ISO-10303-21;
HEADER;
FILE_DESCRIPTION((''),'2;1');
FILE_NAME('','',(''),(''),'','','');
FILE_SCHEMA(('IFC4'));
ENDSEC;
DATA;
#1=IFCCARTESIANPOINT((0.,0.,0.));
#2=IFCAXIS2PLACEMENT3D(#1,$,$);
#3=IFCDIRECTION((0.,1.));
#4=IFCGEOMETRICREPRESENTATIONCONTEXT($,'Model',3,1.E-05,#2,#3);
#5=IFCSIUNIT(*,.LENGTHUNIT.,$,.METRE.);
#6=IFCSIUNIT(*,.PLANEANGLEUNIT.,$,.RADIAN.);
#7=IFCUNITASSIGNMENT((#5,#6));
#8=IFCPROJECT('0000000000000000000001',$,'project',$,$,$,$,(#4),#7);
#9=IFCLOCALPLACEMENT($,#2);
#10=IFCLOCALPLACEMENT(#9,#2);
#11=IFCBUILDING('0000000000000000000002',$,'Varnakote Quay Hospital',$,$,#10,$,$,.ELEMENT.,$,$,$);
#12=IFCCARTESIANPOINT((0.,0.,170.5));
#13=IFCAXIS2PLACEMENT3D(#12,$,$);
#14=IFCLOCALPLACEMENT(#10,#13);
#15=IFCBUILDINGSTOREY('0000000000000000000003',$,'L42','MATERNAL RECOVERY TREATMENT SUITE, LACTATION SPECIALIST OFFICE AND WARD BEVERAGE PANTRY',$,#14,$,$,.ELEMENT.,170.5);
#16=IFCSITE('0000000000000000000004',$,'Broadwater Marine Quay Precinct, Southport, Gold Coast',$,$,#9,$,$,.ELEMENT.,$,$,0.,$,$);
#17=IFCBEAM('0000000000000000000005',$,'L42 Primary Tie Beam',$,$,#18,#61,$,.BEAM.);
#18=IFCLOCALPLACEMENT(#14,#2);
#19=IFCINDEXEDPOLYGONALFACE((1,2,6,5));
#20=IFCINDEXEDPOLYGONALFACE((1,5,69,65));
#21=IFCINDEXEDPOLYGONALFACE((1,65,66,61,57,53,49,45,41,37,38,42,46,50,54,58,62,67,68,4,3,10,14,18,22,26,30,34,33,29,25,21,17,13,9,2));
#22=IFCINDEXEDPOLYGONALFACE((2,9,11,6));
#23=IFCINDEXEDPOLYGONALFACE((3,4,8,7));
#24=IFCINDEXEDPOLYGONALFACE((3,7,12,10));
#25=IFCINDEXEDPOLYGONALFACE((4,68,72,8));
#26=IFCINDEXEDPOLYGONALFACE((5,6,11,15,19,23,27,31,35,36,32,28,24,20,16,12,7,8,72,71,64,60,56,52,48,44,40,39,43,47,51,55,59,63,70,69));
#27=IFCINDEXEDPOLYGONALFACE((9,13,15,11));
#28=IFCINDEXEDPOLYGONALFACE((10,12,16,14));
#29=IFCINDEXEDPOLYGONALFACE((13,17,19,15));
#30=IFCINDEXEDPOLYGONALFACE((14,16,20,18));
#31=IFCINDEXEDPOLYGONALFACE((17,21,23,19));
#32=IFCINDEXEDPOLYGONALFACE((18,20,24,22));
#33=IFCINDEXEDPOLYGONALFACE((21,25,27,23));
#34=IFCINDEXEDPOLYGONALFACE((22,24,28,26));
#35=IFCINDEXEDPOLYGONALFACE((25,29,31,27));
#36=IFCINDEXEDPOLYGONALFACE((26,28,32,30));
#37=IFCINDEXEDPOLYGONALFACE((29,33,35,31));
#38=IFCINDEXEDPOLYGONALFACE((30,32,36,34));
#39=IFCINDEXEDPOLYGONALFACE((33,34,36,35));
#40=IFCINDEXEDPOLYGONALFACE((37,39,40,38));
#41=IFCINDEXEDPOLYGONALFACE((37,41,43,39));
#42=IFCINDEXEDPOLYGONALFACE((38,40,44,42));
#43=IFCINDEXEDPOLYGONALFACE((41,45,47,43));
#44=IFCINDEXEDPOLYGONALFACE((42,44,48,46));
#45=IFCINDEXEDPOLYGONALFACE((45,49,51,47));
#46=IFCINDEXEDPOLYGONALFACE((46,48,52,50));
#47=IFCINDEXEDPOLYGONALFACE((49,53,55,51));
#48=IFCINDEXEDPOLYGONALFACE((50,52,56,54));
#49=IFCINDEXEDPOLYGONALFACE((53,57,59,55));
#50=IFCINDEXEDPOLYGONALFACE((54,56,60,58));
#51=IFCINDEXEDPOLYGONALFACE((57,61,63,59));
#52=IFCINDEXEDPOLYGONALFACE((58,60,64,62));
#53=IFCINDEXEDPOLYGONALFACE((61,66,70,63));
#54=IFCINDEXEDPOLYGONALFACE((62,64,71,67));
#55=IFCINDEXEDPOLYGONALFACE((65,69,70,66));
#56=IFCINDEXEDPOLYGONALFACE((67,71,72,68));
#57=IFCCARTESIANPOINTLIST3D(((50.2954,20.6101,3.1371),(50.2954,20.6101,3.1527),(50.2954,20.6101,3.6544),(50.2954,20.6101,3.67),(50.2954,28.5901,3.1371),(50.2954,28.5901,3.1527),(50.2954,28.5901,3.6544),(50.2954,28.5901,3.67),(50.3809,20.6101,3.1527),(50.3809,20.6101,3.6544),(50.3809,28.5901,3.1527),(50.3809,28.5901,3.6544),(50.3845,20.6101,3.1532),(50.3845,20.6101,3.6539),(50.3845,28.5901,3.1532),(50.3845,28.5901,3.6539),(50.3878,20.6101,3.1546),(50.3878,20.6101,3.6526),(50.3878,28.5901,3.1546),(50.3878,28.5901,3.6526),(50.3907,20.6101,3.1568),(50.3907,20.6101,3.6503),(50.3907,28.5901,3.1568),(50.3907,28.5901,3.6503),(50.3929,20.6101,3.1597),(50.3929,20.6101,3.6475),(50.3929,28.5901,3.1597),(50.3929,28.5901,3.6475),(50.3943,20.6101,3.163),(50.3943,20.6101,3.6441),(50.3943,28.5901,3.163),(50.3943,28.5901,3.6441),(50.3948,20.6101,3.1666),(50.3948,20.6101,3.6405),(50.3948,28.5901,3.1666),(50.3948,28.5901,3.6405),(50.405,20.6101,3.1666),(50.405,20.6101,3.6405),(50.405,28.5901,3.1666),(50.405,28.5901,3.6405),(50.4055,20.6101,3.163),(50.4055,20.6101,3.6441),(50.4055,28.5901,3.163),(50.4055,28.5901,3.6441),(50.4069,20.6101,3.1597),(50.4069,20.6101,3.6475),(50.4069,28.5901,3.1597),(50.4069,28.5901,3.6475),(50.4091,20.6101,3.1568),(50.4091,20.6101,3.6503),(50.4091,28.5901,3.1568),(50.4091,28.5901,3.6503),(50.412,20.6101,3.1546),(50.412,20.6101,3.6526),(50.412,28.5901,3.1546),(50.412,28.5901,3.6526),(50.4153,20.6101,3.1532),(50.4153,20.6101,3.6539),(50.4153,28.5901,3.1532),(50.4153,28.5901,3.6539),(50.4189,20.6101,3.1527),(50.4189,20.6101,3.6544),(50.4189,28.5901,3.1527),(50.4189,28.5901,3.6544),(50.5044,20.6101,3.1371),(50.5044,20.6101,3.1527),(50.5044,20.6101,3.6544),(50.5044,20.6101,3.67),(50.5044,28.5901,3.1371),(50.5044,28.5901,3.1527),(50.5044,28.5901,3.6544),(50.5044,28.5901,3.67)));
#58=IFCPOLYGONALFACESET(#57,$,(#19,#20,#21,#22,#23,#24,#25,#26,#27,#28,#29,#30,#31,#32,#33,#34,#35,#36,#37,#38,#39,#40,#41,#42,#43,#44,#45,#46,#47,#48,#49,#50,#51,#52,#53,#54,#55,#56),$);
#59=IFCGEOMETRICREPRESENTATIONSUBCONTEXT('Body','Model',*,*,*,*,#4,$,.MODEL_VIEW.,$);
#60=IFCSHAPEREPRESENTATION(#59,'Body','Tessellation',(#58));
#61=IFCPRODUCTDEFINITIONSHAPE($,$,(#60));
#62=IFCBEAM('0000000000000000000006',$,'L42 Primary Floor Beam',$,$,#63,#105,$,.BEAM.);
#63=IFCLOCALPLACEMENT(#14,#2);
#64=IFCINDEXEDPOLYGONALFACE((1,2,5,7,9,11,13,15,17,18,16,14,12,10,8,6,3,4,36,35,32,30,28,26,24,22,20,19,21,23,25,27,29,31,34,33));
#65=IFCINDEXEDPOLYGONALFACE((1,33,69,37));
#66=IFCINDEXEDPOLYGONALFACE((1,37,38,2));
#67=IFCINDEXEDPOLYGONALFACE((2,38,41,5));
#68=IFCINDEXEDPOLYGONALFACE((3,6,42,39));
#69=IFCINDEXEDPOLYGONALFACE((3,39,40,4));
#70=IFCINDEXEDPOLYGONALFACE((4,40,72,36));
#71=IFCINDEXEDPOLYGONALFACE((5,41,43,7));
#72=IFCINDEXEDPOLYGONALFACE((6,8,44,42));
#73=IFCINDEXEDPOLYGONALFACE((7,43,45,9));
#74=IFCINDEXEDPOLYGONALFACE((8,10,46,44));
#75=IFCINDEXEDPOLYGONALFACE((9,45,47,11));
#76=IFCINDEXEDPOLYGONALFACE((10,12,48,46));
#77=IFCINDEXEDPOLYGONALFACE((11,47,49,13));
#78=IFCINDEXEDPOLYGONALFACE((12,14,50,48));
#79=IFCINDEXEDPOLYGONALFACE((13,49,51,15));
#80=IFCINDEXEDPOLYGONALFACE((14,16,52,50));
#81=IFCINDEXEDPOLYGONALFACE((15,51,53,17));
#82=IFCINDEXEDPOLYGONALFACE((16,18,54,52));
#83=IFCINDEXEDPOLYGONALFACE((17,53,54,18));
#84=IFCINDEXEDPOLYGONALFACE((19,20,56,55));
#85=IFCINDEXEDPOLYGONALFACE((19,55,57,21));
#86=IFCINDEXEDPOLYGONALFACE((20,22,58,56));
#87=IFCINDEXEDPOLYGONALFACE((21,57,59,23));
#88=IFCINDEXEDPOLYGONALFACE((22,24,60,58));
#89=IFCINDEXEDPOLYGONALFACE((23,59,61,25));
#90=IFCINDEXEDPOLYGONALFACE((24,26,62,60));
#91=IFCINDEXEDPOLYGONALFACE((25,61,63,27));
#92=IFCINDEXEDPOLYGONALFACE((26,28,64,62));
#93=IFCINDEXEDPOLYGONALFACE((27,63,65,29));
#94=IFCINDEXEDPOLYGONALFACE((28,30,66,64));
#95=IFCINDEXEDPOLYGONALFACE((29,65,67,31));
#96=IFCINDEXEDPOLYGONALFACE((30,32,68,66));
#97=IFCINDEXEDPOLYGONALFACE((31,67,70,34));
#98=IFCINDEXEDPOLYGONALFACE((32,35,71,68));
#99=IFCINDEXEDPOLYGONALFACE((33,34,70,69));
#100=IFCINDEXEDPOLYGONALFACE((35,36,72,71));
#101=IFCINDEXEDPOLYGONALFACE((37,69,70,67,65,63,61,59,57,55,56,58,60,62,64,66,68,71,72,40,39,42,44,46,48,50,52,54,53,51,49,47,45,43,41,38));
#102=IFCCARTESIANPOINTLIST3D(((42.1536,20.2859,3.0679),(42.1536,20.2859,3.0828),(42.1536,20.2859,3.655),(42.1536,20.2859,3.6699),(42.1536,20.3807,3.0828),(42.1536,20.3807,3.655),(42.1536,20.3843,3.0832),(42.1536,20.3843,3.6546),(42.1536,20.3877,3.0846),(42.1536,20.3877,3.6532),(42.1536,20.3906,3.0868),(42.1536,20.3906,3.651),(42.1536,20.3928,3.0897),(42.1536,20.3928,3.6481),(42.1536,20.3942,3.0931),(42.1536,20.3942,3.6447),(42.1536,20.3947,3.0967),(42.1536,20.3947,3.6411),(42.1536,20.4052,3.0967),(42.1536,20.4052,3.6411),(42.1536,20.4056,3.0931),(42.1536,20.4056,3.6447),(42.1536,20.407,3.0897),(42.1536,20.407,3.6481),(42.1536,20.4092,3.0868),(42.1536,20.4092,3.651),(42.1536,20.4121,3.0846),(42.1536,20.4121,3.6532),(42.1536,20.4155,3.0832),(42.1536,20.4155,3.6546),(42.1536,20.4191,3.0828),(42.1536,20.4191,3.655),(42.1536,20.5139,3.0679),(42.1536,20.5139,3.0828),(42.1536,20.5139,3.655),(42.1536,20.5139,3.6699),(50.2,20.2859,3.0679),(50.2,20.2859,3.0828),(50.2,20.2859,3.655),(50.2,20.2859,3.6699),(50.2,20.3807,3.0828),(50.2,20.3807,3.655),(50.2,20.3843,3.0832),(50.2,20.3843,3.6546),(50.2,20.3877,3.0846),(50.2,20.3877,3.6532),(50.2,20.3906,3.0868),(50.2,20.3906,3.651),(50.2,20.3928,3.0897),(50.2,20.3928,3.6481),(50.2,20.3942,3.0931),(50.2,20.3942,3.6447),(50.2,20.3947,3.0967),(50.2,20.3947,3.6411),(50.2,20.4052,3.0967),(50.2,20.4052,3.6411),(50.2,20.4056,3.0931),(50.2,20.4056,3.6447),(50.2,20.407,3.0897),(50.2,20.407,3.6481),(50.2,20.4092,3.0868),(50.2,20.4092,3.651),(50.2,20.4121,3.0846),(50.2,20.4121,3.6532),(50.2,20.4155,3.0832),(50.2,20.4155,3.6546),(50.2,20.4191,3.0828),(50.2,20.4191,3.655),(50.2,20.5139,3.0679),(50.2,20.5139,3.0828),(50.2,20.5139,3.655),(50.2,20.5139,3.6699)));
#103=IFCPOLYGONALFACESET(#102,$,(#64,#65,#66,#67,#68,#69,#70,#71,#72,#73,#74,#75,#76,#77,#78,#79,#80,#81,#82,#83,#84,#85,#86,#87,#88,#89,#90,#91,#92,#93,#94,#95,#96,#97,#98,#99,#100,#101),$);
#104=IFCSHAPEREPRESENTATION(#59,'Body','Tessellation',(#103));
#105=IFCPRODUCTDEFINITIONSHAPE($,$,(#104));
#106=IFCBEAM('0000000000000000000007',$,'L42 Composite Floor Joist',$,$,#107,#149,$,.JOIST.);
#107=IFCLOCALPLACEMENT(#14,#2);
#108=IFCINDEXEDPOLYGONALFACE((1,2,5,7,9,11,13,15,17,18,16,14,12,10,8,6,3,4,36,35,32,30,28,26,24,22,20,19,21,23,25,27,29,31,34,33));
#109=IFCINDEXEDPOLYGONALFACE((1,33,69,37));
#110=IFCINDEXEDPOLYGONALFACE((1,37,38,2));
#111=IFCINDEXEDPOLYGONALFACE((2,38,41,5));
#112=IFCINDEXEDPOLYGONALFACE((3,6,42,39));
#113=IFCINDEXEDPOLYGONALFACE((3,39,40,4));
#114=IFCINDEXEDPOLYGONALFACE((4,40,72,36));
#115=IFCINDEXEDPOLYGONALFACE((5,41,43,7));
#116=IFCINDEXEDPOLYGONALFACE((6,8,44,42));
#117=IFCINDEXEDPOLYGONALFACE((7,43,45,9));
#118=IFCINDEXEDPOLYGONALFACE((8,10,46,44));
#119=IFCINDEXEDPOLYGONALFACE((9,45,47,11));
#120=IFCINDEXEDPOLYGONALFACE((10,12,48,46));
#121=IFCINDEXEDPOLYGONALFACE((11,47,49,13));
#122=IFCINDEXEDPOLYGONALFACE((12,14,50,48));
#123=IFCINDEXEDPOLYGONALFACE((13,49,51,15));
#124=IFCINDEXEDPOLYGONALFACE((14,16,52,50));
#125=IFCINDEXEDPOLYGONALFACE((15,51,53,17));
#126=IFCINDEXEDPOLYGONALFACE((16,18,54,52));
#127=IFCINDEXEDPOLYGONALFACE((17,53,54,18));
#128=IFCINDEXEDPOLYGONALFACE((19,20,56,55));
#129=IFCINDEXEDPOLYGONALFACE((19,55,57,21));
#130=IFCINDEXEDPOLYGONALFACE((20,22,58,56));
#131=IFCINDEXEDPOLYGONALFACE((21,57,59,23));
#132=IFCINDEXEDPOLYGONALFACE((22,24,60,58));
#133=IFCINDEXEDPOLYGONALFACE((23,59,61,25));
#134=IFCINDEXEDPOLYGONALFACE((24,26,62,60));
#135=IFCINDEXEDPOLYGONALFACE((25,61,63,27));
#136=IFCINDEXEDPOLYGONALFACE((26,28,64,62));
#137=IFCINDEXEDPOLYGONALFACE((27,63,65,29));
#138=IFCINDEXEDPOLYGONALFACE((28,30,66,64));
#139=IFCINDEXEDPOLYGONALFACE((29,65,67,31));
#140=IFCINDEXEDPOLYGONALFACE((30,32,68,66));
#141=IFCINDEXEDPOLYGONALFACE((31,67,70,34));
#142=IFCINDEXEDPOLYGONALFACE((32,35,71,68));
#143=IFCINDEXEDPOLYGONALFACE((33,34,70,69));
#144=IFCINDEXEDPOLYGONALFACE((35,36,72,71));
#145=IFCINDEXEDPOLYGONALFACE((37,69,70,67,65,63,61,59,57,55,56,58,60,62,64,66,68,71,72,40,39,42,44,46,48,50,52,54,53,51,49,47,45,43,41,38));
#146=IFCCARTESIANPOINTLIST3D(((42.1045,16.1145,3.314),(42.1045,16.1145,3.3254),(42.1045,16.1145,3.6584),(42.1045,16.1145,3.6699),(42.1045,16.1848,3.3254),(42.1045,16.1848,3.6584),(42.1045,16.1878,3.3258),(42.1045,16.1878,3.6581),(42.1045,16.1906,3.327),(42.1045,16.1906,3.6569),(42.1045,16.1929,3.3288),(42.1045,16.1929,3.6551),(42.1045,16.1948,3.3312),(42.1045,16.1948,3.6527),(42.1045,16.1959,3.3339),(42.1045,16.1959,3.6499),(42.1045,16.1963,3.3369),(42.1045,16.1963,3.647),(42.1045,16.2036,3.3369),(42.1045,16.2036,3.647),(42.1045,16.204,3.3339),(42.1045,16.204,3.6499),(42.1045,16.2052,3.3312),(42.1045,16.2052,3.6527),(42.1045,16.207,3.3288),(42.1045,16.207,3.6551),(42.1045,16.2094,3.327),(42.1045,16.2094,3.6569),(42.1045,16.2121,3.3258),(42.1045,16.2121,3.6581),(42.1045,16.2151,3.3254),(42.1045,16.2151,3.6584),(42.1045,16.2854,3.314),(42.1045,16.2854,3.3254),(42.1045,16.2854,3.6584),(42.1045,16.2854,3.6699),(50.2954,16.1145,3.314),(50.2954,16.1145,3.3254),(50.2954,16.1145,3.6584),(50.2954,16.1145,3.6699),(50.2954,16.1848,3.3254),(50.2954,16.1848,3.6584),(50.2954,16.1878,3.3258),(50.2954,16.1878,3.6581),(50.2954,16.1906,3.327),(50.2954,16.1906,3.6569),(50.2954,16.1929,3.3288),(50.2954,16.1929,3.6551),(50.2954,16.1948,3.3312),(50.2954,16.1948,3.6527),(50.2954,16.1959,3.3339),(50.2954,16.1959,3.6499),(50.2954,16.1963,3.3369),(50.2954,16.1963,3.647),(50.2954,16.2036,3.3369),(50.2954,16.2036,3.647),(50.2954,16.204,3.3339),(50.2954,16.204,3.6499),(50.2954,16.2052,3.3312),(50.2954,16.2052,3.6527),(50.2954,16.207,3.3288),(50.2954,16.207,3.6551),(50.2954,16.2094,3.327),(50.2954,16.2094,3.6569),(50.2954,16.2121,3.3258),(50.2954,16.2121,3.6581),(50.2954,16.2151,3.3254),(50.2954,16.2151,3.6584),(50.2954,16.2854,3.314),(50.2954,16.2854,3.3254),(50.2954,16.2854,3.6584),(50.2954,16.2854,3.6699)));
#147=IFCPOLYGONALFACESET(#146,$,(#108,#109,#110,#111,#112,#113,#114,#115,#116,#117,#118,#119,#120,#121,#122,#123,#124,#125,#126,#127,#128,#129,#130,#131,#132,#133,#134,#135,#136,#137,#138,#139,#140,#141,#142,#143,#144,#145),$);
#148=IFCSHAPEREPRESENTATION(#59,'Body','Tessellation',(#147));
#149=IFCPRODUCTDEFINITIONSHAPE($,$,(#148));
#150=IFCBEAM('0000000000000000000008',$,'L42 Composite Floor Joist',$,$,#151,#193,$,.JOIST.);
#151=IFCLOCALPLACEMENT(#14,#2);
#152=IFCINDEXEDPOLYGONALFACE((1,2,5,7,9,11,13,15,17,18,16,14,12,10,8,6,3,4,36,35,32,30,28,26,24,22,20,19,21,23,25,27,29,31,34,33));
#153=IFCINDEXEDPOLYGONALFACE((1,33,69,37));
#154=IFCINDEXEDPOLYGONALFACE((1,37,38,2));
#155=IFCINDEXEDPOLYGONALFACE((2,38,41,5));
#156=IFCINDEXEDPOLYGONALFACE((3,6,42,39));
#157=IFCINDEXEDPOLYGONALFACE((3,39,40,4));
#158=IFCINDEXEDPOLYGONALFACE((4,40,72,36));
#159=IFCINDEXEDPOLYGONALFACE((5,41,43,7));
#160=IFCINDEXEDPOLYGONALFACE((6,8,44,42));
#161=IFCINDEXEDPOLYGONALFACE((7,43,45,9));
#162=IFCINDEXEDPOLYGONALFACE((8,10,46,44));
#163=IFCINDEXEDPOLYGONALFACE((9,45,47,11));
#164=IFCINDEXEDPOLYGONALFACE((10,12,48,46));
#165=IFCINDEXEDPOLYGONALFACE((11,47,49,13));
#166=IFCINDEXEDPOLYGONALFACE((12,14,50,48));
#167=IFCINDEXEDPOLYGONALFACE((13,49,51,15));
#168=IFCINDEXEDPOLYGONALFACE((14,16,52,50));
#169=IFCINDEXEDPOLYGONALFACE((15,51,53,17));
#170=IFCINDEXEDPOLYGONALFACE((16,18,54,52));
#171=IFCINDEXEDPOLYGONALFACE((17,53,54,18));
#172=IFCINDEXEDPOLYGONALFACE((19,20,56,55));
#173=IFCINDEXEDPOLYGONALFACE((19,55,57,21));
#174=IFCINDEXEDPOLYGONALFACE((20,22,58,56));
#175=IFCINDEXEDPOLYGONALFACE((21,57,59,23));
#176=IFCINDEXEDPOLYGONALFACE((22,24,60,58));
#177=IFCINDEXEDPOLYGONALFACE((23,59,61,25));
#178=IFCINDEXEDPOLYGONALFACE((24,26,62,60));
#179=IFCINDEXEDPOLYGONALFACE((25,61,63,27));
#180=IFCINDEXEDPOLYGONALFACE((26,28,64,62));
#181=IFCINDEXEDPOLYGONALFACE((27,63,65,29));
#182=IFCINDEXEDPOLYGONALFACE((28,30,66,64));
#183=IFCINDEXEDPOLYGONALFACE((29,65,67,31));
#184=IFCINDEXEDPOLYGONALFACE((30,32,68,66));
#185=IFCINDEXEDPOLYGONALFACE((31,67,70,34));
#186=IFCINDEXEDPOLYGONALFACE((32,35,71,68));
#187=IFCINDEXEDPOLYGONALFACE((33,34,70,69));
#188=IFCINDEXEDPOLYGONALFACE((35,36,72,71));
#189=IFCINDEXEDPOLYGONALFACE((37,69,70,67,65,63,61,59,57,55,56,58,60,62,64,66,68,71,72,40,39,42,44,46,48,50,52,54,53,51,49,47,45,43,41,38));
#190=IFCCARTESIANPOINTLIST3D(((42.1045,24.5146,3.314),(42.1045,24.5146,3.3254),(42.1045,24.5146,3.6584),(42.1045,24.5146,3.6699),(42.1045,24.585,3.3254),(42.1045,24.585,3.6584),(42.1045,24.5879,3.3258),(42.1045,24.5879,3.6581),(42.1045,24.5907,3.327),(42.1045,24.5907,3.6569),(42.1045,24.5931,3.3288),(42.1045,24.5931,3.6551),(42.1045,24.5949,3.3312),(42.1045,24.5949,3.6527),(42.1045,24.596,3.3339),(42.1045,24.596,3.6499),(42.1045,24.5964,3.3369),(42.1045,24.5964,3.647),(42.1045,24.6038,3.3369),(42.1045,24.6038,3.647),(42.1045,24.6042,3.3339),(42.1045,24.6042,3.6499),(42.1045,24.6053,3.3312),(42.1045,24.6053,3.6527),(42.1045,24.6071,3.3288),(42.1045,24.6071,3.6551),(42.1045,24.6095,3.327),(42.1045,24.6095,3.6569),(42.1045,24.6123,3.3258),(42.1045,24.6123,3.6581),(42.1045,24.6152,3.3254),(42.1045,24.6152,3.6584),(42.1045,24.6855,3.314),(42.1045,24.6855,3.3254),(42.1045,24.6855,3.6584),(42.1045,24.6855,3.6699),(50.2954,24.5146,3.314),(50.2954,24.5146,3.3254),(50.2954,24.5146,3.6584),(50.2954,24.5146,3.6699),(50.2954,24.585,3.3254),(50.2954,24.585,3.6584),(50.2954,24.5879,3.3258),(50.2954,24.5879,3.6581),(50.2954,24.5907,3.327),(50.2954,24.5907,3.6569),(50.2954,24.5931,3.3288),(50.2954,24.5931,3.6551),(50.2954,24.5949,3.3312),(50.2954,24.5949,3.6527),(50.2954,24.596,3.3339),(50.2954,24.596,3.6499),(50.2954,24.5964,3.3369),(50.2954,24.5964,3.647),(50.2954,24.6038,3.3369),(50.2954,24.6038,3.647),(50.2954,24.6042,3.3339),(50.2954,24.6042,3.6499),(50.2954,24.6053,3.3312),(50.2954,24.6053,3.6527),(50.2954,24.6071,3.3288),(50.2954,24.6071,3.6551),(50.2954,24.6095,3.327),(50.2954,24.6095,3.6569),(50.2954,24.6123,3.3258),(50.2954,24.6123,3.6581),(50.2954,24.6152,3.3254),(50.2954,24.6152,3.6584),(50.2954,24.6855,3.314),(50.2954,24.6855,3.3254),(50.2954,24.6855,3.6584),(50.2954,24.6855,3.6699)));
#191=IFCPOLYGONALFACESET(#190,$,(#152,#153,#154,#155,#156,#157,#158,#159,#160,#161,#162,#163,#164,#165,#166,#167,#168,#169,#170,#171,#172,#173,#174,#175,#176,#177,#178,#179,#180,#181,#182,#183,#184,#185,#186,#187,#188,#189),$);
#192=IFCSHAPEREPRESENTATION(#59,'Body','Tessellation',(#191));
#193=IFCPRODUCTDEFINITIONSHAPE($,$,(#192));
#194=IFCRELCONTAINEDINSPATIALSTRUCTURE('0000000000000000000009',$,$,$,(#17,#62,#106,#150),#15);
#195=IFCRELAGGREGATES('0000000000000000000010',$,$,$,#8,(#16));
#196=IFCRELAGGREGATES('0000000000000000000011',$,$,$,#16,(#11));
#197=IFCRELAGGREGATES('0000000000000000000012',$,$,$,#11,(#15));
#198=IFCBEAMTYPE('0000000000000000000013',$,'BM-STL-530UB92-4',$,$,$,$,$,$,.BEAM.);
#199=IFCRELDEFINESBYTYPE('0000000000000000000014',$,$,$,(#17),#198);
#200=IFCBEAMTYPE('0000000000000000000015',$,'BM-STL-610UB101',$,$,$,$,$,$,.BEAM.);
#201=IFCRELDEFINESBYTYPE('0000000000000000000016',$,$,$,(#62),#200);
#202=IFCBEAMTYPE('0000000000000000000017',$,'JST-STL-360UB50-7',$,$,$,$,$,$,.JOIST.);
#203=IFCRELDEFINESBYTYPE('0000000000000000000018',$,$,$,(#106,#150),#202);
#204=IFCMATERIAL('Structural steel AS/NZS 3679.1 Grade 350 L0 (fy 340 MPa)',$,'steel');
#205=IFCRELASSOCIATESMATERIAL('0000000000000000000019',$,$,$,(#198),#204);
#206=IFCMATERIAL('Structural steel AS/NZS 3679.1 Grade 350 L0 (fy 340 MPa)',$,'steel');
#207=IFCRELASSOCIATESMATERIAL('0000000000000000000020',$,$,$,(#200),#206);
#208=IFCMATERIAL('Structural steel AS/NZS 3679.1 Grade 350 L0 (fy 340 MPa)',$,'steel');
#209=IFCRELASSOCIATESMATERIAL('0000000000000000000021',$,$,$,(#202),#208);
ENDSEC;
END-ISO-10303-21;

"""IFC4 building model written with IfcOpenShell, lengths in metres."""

from ifc_helpers import new_model, si_unit, direction, frame, origin, origin_2d, place, context, subcontext, project, spatial, i_section, extrude, material, material_profile, profile_set, type_object, element, save


model = new_model("IFC4")

# Units and contexts
model_context = context("Model", 3, precision=1e-05, world=origin(), true_north=direction((0.0, 1.0)))
body_context = subcontext(model_context, "Body", "Model", "MODEL_VIEW")
ifc_project = project(units=[si_unit("LENGTHUNIT", "METRE"), si_unit("PLANEANGLEUNIT", "RADIAN")], contexts=[model_context])

# Site, building, storey
site_placement = place(None, origin())
site = spatial("IfcSite", under=ifc_project, at=site_placement, Name="Broadwater Marine Quay Precinct, Southport, Gold Coast", CompositionType="ELEMENT", RefElevation=0.0)
building_placement = place(site_placement, origin())
building = spatial("IfcBuilding", under=site, at=building_placement, Name="Varnakote Quay Hospital", CompositionType="ELEMENT")
storey_placement = place(building_placement, frame((0.0, 0.0, 170.5)))
storey = spatial("IfcBuildingStorey", under=building, at=storey_placement, Name="L42", Description="MATERNAL RECOVERY TREATMENT SUITE, LACTATION SPECIALIST OFFICE AND WARD BEVERAGE PANTRY", CompositionType="ELEMENT", Elevation=170.5)

# Beams
ifc_material_1 = material(Name="Structural steel AS/NZS 3679.1 Grade 350 L0 (fy 340 MPa)", Category="steel")
ifc_material_profile_1 = material_profile(ifc_material_1, i_section(OverallWidth=0.209, OverallDepth=0.533, WebThickness=0.0103, FlangeThickness=0.0156, FilletRadius=0.0139, at=origin_2d()), Name="530UB92.4")
ifc_profile_set_1 = profile_set([ifc_material_profile_1], Name="Structural steel AS/NZS 3679.1 Grade 350 L0 (fy 340 MPa)")
beam_type_1 = type_object("IfcBeamType", Name="BM-STL-530UB92-4", PredefinedType="BEAM", material=ifc_profile_set_1)
beam_1_placement = place(storey_placement, frame((50.3999, 20.6101, 3.4036), z_axis=(0.0, 1.0, 0.0), x_axis=(-1.0, 0.0, 0.0)))
element("IfcBeam", 1, at=beam_1_placement, inside=storey, type_object=beam_type_1, Name="L42 Primary Tie Beam", PredefinedType="BEAM", context=body_context, shape_type="SweptSolid", body=[
    extrude(i_section(OverallWidth=0.209, OverallDepth=0.533, WebThickness=0.0103, FlangeThickness=0.0156, FilletRadius=0.0139, at=origin_2d()), origin(), (0.0, 0.0, 1.0), 7.98),
])
ifc_material_2 = material(Name="Structural steel AS/NZS 3679.1 Grade 350 L0 (fy 340 MPa)", Category="steel")
ifc_material_profile_2 = material_profile(ifc_material_2, i_section(OverallWidth=0.228, OverallDepth=0.6021, WebThickness=0.0105, FlangeThickness=0.0149, FilletRadius=0.0139, at=origin_2d()), Name="610UB101")
ifc_profile_set_2 = profile_set([ifc_material_profile_2], Name="Structural steel AS/NZS 3679.1 Grade 350 L0 (fy 340 MPa)")
beam_type_2 = type_object("IfcBeamType", Name="BM-STL-610UB101", PredefinedType="BEAM", material=ifc_profile_set_2)
beam_2_placement = place(storey_placement, frame((42.1536, 20.3999, 3.3689), z_axis=(1.0, 0.0, 0.0), x_axis=(0.0, 1.0, 0.0)))
element("IfcBeam", 2, at=beam_2_placement, inside=storey, type_object=beam_type_2, Name="L42 Primary Floor Beam", PredefinedType="BEAM", context=body_context, shape_type="SweptSolid", body=[
    extrude(i_section(OverallWidth=0.228, OverallDepth=0.6021, WebThickness=0.0105, FlangeThickness=0.0149, FilletRadius=0.0139, at=origin_2d()), origin(), (0.0, 0.0, 1.0), 8.0464),
])
ifc_material_3 = material(Name="Structural steel AS/NZS 3679.1 Grade 350 L0 (fy 340 MPa)", Category="steel")
ifc_material_profile_3 = material_profile(ifc_material_3, i_section(OverallWidth=0.1709, OverallDepth=0.356, WebThickness=0.0073, FlangeThickness=0.0115, FilletRadius=0.0115, at=origin_2d()), Name="360UB50.7")
ifc_profile_set_3 = profile_set([ifc_material_profile_3], Name="Structural steel AS/NZS 3679.1 Grade 350 L0 (fy 340 MPa)")
beam_type_3 = type_object("IfcBeamType", Name="JST-STL-360UB50-7", PredefinedType="JOIST", material=ifc_profile_set_3)
for number, where, z_axis, x_axis, name in (
    (3, (42.1045, 16.2, 3.4919), (1.0, 0.0, 0.0), (0.0, 1.0, 0.0), "L42 Composite Floor Joist"),
    (4, (42.1045, 24.6001, 3.4919), (1.0, 0.0, 0.0), (0.0, 1.0, 0.0), "L42 Composite Floor Joist"),
):
    element("IfcBeam", number, at=place(storey_placement, frame(where, z_axis=z_axis, x_axis=x_axis)), inside=storey, type_object=beam_type_3, Name=name, PredefinedType="JOIST", context=body_context, shape_type="SweptSolid", body=[
        extrude(i_section(OverallWidth=0.1709, OverallDepth=0.356, WebThickness=0.0073, FlangeThickness=0.0115, FilletRadius=0.0115, at=origin_2d()), origin(), (0.0, 0.0, 1.0), 8.1909),
    ])

save(model, "model.ifc")
